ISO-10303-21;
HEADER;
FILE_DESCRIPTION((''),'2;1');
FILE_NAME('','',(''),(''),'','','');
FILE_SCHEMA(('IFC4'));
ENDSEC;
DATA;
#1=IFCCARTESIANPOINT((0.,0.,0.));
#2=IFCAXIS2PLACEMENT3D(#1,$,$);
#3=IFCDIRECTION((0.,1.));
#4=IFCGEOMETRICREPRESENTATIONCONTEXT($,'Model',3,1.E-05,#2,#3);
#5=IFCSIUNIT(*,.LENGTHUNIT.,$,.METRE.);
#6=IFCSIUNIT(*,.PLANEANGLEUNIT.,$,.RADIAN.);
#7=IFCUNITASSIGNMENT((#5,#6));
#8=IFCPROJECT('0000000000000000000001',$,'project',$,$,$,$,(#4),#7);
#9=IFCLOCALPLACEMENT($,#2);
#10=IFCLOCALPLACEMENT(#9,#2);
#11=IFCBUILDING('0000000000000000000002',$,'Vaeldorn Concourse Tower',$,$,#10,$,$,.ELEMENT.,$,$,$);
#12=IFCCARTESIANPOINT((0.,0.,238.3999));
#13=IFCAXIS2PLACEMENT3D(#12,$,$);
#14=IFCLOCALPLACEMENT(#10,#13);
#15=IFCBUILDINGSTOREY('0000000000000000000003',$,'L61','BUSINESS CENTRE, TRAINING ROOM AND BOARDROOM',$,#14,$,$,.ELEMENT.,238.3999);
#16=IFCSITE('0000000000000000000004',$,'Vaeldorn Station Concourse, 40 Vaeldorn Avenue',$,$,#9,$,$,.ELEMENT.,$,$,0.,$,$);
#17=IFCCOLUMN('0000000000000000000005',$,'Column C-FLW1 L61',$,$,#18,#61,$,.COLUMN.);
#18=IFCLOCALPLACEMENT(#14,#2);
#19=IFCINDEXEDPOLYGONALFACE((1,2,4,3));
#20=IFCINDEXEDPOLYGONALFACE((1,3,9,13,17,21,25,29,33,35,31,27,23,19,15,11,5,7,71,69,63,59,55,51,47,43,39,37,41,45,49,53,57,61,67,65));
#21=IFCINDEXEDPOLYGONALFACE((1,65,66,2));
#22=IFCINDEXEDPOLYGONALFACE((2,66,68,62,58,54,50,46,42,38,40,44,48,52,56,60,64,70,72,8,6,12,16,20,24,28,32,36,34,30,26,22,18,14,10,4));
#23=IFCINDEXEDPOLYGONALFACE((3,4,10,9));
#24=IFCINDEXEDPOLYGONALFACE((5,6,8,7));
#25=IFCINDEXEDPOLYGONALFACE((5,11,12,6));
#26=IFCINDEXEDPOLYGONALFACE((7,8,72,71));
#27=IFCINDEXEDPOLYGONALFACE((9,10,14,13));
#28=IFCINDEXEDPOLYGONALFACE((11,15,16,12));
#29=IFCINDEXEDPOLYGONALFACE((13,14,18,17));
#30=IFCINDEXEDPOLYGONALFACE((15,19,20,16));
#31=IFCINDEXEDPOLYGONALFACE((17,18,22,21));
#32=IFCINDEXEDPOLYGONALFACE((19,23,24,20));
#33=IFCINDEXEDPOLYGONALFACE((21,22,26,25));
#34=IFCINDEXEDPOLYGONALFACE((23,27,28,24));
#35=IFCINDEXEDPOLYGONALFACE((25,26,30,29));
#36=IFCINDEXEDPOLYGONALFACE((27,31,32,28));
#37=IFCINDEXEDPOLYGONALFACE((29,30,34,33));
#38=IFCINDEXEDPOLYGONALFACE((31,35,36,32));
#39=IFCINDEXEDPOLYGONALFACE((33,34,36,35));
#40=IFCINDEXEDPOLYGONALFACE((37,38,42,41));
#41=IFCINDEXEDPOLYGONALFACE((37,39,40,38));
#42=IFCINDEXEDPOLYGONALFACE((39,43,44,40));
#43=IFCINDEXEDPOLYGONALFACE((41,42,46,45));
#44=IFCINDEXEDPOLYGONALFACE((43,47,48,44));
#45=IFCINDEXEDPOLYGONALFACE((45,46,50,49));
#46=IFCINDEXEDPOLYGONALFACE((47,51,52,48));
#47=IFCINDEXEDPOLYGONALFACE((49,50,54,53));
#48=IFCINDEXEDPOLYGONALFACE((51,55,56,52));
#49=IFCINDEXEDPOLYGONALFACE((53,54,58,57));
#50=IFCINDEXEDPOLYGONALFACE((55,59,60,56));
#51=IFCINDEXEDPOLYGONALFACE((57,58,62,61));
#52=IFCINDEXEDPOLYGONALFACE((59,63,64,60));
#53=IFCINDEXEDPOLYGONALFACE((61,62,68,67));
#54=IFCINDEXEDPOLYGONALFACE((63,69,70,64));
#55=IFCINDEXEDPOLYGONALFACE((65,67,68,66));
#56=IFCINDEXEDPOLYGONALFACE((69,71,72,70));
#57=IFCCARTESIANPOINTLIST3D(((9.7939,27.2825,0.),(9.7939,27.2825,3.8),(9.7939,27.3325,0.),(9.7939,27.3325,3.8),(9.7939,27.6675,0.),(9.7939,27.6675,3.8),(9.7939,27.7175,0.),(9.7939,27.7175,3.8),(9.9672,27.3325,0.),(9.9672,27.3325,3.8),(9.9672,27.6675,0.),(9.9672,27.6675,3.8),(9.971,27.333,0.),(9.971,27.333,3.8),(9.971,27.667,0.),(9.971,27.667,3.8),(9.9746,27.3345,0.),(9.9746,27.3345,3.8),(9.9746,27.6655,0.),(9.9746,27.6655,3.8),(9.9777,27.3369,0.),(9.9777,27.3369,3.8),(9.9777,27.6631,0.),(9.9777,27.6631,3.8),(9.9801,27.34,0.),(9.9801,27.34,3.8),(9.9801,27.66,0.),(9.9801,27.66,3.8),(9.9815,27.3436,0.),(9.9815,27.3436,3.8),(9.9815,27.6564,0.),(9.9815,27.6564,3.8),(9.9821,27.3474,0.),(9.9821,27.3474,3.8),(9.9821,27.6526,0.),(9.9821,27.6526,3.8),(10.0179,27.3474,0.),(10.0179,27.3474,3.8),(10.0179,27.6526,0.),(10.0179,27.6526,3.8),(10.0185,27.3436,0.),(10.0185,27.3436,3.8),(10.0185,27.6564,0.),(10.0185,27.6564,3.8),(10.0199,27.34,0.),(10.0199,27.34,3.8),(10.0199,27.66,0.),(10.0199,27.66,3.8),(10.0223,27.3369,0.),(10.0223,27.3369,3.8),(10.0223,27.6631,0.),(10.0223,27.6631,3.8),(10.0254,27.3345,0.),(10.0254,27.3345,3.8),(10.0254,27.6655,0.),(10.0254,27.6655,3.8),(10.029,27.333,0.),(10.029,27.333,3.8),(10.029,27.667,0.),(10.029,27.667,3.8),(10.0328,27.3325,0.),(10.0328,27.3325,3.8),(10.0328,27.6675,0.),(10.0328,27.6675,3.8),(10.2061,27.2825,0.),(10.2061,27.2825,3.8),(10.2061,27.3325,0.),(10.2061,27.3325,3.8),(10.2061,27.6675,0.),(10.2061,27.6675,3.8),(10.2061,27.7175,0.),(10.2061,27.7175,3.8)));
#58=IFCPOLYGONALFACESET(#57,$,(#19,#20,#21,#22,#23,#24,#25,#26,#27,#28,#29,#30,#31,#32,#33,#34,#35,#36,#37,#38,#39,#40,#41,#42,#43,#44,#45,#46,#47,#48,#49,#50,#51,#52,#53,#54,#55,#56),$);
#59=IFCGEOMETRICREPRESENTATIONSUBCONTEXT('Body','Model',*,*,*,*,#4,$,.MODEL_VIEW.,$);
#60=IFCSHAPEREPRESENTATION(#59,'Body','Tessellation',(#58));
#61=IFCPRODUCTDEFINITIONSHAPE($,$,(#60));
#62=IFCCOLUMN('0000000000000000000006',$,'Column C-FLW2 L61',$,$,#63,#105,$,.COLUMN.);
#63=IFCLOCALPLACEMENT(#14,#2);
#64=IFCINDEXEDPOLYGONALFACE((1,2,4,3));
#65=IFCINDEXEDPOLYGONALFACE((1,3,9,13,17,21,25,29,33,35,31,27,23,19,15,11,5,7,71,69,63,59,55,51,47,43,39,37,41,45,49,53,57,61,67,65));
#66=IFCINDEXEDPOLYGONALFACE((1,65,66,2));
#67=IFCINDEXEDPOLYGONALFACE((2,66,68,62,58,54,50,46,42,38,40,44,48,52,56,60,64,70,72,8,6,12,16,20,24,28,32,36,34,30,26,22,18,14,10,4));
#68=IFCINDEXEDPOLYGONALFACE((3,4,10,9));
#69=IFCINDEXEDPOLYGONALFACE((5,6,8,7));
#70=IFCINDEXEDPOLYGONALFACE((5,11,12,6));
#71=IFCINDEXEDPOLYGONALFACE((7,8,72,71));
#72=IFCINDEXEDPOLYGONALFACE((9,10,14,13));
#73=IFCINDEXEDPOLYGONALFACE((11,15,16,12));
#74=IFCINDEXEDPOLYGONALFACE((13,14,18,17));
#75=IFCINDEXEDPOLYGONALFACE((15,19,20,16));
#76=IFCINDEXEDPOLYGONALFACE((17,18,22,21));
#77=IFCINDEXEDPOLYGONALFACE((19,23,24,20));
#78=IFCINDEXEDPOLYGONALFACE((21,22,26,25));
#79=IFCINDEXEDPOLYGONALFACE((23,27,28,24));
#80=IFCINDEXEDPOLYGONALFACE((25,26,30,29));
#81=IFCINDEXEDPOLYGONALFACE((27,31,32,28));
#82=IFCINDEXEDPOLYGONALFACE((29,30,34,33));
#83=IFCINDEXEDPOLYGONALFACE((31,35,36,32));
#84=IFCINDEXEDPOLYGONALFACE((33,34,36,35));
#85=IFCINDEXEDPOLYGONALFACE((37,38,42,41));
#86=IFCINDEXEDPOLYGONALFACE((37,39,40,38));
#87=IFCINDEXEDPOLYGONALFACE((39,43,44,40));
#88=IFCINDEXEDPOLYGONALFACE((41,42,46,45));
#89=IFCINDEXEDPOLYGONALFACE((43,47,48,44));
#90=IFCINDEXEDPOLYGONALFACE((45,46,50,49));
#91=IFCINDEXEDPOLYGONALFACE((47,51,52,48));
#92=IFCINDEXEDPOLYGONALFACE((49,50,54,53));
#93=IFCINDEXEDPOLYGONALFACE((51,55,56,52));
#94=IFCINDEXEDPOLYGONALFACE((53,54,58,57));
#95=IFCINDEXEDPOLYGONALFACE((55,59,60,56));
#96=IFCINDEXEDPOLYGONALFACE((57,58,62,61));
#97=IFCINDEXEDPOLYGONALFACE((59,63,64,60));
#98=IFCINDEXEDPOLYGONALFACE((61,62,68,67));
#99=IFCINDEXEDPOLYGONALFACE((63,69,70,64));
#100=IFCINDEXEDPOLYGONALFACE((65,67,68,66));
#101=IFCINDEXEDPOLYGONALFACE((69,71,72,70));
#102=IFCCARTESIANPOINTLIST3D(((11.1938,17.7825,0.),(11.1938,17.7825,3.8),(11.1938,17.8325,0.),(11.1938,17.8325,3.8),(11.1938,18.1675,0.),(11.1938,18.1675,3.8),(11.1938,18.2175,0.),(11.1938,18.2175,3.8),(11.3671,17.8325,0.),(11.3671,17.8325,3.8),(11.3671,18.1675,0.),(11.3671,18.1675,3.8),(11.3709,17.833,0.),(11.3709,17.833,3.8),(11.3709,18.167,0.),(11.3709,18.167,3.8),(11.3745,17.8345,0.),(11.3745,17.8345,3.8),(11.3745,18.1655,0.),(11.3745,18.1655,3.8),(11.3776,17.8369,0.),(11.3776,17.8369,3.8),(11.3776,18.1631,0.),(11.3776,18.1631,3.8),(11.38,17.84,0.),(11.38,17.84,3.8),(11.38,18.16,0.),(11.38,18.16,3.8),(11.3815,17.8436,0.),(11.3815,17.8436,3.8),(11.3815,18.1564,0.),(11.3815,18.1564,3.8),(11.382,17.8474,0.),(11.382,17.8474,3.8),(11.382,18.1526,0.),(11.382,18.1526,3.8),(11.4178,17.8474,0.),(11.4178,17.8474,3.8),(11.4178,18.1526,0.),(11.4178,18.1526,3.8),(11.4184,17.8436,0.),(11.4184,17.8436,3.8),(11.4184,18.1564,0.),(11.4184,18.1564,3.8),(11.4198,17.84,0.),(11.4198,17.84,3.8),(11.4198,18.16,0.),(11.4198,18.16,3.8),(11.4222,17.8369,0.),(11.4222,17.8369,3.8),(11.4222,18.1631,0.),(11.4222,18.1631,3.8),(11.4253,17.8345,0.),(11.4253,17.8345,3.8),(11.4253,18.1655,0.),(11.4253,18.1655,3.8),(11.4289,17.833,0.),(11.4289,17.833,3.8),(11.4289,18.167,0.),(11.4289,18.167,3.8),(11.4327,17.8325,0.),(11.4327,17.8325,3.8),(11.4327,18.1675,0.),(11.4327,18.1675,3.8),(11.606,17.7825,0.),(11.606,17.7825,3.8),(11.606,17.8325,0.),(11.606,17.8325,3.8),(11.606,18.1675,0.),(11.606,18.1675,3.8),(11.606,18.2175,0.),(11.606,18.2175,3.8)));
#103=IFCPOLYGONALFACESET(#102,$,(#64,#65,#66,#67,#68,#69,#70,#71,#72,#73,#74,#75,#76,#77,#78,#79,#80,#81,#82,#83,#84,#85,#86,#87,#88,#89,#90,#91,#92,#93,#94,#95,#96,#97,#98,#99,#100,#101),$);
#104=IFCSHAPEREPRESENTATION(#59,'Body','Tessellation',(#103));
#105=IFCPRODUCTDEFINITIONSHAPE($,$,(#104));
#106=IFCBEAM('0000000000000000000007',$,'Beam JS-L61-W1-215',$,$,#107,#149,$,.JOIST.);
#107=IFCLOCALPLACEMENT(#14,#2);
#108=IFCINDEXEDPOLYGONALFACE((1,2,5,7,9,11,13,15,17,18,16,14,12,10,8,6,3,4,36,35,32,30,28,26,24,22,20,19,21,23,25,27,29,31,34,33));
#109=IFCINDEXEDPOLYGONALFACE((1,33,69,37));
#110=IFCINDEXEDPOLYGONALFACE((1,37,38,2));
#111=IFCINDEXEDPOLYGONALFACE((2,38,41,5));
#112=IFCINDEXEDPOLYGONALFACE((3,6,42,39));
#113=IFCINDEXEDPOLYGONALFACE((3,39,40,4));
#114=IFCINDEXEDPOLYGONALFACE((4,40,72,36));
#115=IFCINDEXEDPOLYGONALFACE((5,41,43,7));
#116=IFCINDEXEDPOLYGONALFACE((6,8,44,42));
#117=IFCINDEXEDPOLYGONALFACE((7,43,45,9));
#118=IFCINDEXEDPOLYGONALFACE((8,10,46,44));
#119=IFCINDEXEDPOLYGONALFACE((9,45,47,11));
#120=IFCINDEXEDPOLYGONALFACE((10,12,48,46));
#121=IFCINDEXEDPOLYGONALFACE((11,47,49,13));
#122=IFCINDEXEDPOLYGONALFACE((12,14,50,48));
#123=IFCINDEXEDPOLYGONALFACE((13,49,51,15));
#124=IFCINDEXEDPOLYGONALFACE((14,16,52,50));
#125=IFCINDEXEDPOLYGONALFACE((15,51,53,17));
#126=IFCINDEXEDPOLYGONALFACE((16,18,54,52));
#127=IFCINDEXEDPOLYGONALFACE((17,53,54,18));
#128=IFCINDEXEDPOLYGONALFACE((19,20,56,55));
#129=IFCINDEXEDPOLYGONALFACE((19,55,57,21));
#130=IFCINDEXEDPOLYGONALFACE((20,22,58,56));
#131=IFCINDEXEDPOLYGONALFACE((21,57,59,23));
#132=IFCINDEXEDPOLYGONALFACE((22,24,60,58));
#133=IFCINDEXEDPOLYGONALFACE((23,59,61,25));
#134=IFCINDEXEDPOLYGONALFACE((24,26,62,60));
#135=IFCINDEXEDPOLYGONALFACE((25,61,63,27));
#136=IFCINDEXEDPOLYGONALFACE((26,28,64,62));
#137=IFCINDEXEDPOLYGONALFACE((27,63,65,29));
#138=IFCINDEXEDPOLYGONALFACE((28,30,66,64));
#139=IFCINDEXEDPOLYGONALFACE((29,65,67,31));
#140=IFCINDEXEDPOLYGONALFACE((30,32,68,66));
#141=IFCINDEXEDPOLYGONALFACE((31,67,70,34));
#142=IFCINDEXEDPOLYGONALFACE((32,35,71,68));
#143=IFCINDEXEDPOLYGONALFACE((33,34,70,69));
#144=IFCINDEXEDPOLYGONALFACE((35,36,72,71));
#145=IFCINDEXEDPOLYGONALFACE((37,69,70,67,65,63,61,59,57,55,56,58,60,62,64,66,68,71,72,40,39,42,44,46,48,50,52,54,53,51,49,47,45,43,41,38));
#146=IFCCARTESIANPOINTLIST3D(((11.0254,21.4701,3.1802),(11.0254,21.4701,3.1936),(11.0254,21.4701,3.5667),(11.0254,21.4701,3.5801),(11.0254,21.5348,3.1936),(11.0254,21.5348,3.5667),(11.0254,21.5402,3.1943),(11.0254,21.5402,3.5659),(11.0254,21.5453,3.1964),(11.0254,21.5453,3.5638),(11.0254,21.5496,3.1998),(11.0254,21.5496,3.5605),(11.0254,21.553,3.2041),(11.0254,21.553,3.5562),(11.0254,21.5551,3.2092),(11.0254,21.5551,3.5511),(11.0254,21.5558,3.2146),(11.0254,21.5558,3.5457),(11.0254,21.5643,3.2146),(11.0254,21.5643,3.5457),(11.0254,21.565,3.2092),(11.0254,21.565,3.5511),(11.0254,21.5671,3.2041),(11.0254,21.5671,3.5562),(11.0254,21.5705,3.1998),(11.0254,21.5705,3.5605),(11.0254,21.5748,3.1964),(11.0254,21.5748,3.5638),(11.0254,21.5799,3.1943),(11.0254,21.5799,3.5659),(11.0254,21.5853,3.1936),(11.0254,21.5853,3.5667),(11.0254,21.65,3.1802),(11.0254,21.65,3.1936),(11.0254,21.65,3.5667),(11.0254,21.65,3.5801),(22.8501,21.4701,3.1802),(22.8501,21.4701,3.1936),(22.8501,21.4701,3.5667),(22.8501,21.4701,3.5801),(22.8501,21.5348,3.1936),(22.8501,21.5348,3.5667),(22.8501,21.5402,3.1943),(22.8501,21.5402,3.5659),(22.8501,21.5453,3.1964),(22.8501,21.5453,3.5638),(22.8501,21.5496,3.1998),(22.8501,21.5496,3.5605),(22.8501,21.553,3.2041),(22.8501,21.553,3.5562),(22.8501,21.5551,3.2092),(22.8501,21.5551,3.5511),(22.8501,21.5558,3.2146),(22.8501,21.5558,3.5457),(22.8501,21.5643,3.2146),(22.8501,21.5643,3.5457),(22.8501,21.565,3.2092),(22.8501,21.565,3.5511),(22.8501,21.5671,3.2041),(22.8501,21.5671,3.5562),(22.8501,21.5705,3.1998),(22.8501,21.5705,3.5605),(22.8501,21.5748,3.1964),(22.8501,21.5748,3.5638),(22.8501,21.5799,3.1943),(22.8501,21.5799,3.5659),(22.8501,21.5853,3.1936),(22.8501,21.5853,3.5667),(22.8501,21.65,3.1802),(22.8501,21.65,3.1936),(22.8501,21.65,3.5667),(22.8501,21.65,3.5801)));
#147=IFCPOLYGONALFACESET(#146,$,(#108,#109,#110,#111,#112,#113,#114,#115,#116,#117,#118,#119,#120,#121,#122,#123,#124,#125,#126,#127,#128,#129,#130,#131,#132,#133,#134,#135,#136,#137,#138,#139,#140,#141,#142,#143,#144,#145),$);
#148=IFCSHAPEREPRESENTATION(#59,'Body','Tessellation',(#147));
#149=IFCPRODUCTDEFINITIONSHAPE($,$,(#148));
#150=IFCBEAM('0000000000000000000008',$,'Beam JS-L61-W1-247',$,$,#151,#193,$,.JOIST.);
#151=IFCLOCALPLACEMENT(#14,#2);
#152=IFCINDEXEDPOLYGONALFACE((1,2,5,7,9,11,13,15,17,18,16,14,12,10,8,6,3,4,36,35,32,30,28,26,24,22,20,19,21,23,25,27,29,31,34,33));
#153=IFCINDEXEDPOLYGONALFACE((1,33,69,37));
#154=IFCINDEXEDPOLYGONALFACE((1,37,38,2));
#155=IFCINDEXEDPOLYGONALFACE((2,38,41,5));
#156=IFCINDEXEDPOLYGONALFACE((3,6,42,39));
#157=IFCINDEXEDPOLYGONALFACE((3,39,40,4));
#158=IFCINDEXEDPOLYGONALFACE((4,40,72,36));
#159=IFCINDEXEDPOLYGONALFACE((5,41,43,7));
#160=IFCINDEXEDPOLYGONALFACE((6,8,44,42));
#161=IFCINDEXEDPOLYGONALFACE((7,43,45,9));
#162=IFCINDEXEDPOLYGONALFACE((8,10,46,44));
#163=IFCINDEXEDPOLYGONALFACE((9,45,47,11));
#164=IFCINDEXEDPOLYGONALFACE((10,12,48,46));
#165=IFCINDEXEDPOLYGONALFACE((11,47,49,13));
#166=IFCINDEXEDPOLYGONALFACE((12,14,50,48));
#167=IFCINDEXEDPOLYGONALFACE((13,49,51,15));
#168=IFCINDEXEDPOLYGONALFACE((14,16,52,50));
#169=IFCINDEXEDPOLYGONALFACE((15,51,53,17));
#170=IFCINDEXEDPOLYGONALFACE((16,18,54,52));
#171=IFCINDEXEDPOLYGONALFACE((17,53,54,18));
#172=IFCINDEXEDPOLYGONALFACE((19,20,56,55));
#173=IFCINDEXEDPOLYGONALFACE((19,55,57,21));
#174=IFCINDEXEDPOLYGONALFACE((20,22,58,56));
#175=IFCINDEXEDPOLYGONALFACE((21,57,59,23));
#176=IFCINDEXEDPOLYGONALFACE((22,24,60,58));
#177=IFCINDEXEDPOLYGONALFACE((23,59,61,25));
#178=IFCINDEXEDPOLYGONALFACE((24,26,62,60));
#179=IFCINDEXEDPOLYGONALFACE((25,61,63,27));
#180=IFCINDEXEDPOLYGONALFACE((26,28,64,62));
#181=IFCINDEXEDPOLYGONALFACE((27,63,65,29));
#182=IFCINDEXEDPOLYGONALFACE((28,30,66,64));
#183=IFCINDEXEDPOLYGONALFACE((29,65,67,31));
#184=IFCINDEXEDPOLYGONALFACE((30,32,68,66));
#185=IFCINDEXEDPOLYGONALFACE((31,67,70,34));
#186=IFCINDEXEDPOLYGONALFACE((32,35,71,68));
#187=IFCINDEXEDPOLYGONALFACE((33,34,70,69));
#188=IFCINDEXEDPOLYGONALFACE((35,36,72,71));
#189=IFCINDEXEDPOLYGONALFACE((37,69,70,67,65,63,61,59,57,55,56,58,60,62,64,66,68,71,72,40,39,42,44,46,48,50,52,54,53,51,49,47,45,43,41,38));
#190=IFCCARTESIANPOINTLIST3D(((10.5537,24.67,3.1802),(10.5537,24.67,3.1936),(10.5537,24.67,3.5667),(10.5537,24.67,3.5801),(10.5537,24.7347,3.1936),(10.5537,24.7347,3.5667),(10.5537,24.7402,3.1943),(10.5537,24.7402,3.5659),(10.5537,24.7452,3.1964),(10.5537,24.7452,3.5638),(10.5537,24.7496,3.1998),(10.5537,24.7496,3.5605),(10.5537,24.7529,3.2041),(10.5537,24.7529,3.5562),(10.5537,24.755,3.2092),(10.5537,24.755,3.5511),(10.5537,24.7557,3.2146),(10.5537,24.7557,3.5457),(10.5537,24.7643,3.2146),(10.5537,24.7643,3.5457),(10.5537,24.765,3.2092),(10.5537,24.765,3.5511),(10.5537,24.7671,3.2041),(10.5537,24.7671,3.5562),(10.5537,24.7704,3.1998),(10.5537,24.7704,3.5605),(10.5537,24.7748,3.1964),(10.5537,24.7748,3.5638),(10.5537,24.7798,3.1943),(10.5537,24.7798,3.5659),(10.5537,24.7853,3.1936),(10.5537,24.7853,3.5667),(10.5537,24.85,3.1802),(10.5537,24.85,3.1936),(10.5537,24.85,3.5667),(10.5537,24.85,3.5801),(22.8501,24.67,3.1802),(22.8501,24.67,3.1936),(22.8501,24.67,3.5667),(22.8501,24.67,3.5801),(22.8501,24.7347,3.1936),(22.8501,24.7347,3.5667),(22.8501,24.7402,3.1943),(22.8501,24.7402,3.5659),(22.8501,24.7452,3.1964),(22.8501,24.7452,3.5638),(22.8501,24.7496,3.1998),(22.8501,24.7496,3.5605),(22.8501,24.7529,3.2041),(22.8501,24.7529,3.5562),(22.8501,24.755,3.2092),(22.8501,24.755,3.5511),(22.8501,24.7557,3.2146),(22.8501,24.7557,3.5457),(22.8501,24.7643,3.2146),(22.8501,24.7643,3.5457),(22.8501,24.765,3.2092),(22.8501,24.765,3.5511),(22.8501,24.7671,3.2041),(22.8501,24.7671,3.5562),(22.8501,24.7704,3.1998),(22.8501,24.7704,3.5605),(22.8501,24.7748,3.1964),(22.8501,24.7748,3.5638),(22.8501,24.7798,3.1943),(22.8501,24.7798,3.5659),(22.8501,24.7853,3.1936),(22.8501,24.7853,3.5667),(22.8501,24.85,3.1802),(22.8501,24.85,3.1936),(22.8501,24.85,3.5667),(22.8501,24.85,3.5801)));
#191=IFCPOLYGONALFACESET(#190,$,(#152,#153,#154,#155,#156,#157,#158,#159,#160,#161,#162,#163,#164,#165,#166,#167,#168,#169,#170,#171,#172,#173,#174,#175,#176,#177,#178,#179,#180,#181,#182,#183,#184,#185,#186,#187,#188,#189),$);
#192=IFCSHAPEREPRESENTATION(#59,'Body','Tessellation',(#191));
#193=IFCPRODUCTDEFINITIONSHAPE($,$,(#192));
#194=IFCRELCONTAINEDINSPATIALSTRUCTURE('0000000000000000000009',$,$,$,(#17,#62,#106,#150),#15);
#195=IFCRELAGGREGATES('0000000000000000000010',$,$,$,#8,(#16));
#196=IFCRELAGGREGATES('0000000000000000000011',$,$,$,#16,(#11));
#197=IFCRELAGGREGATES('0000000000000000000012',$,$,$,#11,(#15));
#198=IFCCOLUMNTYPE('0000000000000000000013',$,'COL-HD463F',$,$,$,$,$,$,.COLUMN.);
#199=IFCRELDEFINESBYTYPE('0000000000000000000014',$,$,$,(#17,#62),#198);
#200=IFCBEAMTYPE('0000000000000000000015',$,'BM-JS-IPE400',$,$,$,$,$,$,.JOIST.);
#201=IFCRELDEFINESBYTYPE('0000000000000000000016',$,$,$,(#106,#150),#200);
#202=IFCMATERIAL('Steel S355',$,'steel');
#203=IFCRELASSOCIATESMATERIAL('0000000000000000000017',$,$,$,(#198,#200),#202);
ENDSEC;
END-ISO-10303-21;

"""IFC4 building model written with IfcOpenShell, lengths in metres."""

from ifc_helpers import new_model, si_unit, direction, frame, origin, origin_2d, place, context, subcontext, project, spatial, i_section, extrude, source, transform, mapped, material, material_profile, profile_set, type_object, element, save


model = new_model("IFC4")

# Units and contexts
model_context = context("Model", 3, precision=1e-05, world=origin(), true_north=direction((0.0, 1.0)))
body_context = subcontext(model_context, "Body", "Model", "MODEL_VIEW")
ifc_project = project(units=[si_unit("LENGTHUNIT", "METRE"), si_unit("PLANEANGLEUNIT", "RADIAN")], contexts=[model_context])

# Site, building, storey
site_placement = place(None, origin())
site = spatial("IfcSite", under=ifc_project, at=site_placement, Name="Vaeldorn Station Concourse, 40 Vaeldorn Avenue", CompositionType="ELEMENT", RefElevation=0.0)
building_placement = place(site_placement, origin())
building = spatial("IfcBuilding", under=site, at=building_placement, Name="Vaeldorn Concourse Tower", CompositionType="ELEMENT")
storey_placement = place(building_placement, frame((0.0, 0.0, 238.3999)))
storey = spatial("IfcBuildingStorey", under=building, at=storey_placement, Name="L61", Description="BUSINESS CENTRE, TRAINING ROOM AND BOARDROOM", CompositionType="ELEMENT", Elevation=238.3999)

# Columns
ifc_material_1 = material(Name="Steel S355", Category="steel")
ifc_material_profile_1 = material_profile(ifc_material_1, i_section(OverallWidth=0.4121, OverallDepth=0.4351, WebThickness=0.0359, FlangeThickness=0.05, FilletRadius=0.0149, at=origin_2d()), Name="HD 400x463")
ifc_profile_set_1 = profile_set([ifc_material_profile_1], Name="Steel S355")
column_type = type_object("IfcColumnType", Name="COL-HD463F", PredefinedType="COLUMN", material=ifc_profile_set_1)
shared_shape_1 = source(origin(), body_context, "Body", "SweptSolid", [
    extrude(i_section(OverallWidth=0.4121, OverallDepth=0.4351, WebThickness=0.0359, FlangeThickness=0.05, FilletRadius=0.0149, at=origin_2d()), origin(), (0.0, 0.0, 1.0), 3.8),
])
for number, where, z_axis, x_axis, name in (
    (1, (10.0, 27.5, 0.0), (0.0, 0.0, 1.0), (1.0, 0.0, 0.0), "Column C-FLW1 L61"),
    (2, (11.3999, 18.0, 0.0), (0.0, 0.0, 1.0), (1.0, 0.0, 0.0), "Column C-FLW2 L61"),
):
    element("IfcColumn", number, at=place(storey_placement, frame(where, z_axis=z_axis, x_axis=x_axis)), inside=storey, type_object=column_type, Name=name, PredefinedType="COLUMN", context=body_context, shape_type="MappedRepresentation", body=[
        mapped(shared_shape_1, transform((0.0, 0.0, 0.0), scale=1.0)),
    ])

# Beams
ifc_material_profile_2 = material_profile(ifc_material_1, i_section(OverallWidth=0.1799, OverallDepth=0.3999, WebThickness=0.0085, FlangeThickness=0.0134, FilletRadius=0.021, at=origin_2d()), Name="IPE 400")
ifc_profile_set_2 = profile_set([ifc_material_profile_2], Name="Steel S355")
beam_type_1 = type_object("IfcBeamType", Name="BM-JS-IPE400", PredefinedType="JOIST", material=ifc_profile_set_2)
shared_shape_2 = source(origin(), body_context, "Body", "SweptSolid", [
    extrude(i_section(OverallWidth=0.1799, OverallDepth=0.3999, WebThickness=0.0085, FlangeThickness=0.0134, FilletRadius=0.021, at=origin_2d()), origin(), (0.0, 0.0, 1.0), 11.8247),
])
beam_1_placement = place(storey_placement, frame((11.0254, 21.5601, 3.3801), z_axis=(1.0, 0.0, 0.0), x_axis=(0.0, 1.0, 0.0)))
element("IfcBeam", 3, at=beam_1_placement, inside=storey, type_object=beam_type_1, Name="Beam JS-L61-W1-215", PredefinedType="JOIST", context=body_context, shape_type="MappedRepresentation", body=[
    mapped(shared_shape_2, transform((0.0, 0.0, 0.0), scale=1.0)),
])
shared_shape_3 = source(origin(), body_context, "Body", "SweptSolid", [
    extrude(i_section(OverallWidth=0.1799, OverallDepth=0.3999, WebThickness=0.0085, FlangeThickness=0.0134, FilletRadius=0.021, at=origin_2d()), origin(), (0.0, 0.0, 1.0), 12.2964),
])
beam_2_placement = place(storey_placement, frame((10.5537, 24.76, 3.3801), z_axis=(1.0, 0.0, 0.0), x_axis=(0.0, 1.0, 0.0)))
element("IfcBeam", 4, at=beam_2_placement, inside=storey, type_object=beam_type_1, Name="Beam JS-L61-W1-247", PredefinedType="JOIST", context=body_context, shape_type="MappedRepresentation", body=[
    mapped(shared_shape_3, transform((0.0, 0.0, 0.0), scale=1.0)),
])

save(model, "model.ifc")
